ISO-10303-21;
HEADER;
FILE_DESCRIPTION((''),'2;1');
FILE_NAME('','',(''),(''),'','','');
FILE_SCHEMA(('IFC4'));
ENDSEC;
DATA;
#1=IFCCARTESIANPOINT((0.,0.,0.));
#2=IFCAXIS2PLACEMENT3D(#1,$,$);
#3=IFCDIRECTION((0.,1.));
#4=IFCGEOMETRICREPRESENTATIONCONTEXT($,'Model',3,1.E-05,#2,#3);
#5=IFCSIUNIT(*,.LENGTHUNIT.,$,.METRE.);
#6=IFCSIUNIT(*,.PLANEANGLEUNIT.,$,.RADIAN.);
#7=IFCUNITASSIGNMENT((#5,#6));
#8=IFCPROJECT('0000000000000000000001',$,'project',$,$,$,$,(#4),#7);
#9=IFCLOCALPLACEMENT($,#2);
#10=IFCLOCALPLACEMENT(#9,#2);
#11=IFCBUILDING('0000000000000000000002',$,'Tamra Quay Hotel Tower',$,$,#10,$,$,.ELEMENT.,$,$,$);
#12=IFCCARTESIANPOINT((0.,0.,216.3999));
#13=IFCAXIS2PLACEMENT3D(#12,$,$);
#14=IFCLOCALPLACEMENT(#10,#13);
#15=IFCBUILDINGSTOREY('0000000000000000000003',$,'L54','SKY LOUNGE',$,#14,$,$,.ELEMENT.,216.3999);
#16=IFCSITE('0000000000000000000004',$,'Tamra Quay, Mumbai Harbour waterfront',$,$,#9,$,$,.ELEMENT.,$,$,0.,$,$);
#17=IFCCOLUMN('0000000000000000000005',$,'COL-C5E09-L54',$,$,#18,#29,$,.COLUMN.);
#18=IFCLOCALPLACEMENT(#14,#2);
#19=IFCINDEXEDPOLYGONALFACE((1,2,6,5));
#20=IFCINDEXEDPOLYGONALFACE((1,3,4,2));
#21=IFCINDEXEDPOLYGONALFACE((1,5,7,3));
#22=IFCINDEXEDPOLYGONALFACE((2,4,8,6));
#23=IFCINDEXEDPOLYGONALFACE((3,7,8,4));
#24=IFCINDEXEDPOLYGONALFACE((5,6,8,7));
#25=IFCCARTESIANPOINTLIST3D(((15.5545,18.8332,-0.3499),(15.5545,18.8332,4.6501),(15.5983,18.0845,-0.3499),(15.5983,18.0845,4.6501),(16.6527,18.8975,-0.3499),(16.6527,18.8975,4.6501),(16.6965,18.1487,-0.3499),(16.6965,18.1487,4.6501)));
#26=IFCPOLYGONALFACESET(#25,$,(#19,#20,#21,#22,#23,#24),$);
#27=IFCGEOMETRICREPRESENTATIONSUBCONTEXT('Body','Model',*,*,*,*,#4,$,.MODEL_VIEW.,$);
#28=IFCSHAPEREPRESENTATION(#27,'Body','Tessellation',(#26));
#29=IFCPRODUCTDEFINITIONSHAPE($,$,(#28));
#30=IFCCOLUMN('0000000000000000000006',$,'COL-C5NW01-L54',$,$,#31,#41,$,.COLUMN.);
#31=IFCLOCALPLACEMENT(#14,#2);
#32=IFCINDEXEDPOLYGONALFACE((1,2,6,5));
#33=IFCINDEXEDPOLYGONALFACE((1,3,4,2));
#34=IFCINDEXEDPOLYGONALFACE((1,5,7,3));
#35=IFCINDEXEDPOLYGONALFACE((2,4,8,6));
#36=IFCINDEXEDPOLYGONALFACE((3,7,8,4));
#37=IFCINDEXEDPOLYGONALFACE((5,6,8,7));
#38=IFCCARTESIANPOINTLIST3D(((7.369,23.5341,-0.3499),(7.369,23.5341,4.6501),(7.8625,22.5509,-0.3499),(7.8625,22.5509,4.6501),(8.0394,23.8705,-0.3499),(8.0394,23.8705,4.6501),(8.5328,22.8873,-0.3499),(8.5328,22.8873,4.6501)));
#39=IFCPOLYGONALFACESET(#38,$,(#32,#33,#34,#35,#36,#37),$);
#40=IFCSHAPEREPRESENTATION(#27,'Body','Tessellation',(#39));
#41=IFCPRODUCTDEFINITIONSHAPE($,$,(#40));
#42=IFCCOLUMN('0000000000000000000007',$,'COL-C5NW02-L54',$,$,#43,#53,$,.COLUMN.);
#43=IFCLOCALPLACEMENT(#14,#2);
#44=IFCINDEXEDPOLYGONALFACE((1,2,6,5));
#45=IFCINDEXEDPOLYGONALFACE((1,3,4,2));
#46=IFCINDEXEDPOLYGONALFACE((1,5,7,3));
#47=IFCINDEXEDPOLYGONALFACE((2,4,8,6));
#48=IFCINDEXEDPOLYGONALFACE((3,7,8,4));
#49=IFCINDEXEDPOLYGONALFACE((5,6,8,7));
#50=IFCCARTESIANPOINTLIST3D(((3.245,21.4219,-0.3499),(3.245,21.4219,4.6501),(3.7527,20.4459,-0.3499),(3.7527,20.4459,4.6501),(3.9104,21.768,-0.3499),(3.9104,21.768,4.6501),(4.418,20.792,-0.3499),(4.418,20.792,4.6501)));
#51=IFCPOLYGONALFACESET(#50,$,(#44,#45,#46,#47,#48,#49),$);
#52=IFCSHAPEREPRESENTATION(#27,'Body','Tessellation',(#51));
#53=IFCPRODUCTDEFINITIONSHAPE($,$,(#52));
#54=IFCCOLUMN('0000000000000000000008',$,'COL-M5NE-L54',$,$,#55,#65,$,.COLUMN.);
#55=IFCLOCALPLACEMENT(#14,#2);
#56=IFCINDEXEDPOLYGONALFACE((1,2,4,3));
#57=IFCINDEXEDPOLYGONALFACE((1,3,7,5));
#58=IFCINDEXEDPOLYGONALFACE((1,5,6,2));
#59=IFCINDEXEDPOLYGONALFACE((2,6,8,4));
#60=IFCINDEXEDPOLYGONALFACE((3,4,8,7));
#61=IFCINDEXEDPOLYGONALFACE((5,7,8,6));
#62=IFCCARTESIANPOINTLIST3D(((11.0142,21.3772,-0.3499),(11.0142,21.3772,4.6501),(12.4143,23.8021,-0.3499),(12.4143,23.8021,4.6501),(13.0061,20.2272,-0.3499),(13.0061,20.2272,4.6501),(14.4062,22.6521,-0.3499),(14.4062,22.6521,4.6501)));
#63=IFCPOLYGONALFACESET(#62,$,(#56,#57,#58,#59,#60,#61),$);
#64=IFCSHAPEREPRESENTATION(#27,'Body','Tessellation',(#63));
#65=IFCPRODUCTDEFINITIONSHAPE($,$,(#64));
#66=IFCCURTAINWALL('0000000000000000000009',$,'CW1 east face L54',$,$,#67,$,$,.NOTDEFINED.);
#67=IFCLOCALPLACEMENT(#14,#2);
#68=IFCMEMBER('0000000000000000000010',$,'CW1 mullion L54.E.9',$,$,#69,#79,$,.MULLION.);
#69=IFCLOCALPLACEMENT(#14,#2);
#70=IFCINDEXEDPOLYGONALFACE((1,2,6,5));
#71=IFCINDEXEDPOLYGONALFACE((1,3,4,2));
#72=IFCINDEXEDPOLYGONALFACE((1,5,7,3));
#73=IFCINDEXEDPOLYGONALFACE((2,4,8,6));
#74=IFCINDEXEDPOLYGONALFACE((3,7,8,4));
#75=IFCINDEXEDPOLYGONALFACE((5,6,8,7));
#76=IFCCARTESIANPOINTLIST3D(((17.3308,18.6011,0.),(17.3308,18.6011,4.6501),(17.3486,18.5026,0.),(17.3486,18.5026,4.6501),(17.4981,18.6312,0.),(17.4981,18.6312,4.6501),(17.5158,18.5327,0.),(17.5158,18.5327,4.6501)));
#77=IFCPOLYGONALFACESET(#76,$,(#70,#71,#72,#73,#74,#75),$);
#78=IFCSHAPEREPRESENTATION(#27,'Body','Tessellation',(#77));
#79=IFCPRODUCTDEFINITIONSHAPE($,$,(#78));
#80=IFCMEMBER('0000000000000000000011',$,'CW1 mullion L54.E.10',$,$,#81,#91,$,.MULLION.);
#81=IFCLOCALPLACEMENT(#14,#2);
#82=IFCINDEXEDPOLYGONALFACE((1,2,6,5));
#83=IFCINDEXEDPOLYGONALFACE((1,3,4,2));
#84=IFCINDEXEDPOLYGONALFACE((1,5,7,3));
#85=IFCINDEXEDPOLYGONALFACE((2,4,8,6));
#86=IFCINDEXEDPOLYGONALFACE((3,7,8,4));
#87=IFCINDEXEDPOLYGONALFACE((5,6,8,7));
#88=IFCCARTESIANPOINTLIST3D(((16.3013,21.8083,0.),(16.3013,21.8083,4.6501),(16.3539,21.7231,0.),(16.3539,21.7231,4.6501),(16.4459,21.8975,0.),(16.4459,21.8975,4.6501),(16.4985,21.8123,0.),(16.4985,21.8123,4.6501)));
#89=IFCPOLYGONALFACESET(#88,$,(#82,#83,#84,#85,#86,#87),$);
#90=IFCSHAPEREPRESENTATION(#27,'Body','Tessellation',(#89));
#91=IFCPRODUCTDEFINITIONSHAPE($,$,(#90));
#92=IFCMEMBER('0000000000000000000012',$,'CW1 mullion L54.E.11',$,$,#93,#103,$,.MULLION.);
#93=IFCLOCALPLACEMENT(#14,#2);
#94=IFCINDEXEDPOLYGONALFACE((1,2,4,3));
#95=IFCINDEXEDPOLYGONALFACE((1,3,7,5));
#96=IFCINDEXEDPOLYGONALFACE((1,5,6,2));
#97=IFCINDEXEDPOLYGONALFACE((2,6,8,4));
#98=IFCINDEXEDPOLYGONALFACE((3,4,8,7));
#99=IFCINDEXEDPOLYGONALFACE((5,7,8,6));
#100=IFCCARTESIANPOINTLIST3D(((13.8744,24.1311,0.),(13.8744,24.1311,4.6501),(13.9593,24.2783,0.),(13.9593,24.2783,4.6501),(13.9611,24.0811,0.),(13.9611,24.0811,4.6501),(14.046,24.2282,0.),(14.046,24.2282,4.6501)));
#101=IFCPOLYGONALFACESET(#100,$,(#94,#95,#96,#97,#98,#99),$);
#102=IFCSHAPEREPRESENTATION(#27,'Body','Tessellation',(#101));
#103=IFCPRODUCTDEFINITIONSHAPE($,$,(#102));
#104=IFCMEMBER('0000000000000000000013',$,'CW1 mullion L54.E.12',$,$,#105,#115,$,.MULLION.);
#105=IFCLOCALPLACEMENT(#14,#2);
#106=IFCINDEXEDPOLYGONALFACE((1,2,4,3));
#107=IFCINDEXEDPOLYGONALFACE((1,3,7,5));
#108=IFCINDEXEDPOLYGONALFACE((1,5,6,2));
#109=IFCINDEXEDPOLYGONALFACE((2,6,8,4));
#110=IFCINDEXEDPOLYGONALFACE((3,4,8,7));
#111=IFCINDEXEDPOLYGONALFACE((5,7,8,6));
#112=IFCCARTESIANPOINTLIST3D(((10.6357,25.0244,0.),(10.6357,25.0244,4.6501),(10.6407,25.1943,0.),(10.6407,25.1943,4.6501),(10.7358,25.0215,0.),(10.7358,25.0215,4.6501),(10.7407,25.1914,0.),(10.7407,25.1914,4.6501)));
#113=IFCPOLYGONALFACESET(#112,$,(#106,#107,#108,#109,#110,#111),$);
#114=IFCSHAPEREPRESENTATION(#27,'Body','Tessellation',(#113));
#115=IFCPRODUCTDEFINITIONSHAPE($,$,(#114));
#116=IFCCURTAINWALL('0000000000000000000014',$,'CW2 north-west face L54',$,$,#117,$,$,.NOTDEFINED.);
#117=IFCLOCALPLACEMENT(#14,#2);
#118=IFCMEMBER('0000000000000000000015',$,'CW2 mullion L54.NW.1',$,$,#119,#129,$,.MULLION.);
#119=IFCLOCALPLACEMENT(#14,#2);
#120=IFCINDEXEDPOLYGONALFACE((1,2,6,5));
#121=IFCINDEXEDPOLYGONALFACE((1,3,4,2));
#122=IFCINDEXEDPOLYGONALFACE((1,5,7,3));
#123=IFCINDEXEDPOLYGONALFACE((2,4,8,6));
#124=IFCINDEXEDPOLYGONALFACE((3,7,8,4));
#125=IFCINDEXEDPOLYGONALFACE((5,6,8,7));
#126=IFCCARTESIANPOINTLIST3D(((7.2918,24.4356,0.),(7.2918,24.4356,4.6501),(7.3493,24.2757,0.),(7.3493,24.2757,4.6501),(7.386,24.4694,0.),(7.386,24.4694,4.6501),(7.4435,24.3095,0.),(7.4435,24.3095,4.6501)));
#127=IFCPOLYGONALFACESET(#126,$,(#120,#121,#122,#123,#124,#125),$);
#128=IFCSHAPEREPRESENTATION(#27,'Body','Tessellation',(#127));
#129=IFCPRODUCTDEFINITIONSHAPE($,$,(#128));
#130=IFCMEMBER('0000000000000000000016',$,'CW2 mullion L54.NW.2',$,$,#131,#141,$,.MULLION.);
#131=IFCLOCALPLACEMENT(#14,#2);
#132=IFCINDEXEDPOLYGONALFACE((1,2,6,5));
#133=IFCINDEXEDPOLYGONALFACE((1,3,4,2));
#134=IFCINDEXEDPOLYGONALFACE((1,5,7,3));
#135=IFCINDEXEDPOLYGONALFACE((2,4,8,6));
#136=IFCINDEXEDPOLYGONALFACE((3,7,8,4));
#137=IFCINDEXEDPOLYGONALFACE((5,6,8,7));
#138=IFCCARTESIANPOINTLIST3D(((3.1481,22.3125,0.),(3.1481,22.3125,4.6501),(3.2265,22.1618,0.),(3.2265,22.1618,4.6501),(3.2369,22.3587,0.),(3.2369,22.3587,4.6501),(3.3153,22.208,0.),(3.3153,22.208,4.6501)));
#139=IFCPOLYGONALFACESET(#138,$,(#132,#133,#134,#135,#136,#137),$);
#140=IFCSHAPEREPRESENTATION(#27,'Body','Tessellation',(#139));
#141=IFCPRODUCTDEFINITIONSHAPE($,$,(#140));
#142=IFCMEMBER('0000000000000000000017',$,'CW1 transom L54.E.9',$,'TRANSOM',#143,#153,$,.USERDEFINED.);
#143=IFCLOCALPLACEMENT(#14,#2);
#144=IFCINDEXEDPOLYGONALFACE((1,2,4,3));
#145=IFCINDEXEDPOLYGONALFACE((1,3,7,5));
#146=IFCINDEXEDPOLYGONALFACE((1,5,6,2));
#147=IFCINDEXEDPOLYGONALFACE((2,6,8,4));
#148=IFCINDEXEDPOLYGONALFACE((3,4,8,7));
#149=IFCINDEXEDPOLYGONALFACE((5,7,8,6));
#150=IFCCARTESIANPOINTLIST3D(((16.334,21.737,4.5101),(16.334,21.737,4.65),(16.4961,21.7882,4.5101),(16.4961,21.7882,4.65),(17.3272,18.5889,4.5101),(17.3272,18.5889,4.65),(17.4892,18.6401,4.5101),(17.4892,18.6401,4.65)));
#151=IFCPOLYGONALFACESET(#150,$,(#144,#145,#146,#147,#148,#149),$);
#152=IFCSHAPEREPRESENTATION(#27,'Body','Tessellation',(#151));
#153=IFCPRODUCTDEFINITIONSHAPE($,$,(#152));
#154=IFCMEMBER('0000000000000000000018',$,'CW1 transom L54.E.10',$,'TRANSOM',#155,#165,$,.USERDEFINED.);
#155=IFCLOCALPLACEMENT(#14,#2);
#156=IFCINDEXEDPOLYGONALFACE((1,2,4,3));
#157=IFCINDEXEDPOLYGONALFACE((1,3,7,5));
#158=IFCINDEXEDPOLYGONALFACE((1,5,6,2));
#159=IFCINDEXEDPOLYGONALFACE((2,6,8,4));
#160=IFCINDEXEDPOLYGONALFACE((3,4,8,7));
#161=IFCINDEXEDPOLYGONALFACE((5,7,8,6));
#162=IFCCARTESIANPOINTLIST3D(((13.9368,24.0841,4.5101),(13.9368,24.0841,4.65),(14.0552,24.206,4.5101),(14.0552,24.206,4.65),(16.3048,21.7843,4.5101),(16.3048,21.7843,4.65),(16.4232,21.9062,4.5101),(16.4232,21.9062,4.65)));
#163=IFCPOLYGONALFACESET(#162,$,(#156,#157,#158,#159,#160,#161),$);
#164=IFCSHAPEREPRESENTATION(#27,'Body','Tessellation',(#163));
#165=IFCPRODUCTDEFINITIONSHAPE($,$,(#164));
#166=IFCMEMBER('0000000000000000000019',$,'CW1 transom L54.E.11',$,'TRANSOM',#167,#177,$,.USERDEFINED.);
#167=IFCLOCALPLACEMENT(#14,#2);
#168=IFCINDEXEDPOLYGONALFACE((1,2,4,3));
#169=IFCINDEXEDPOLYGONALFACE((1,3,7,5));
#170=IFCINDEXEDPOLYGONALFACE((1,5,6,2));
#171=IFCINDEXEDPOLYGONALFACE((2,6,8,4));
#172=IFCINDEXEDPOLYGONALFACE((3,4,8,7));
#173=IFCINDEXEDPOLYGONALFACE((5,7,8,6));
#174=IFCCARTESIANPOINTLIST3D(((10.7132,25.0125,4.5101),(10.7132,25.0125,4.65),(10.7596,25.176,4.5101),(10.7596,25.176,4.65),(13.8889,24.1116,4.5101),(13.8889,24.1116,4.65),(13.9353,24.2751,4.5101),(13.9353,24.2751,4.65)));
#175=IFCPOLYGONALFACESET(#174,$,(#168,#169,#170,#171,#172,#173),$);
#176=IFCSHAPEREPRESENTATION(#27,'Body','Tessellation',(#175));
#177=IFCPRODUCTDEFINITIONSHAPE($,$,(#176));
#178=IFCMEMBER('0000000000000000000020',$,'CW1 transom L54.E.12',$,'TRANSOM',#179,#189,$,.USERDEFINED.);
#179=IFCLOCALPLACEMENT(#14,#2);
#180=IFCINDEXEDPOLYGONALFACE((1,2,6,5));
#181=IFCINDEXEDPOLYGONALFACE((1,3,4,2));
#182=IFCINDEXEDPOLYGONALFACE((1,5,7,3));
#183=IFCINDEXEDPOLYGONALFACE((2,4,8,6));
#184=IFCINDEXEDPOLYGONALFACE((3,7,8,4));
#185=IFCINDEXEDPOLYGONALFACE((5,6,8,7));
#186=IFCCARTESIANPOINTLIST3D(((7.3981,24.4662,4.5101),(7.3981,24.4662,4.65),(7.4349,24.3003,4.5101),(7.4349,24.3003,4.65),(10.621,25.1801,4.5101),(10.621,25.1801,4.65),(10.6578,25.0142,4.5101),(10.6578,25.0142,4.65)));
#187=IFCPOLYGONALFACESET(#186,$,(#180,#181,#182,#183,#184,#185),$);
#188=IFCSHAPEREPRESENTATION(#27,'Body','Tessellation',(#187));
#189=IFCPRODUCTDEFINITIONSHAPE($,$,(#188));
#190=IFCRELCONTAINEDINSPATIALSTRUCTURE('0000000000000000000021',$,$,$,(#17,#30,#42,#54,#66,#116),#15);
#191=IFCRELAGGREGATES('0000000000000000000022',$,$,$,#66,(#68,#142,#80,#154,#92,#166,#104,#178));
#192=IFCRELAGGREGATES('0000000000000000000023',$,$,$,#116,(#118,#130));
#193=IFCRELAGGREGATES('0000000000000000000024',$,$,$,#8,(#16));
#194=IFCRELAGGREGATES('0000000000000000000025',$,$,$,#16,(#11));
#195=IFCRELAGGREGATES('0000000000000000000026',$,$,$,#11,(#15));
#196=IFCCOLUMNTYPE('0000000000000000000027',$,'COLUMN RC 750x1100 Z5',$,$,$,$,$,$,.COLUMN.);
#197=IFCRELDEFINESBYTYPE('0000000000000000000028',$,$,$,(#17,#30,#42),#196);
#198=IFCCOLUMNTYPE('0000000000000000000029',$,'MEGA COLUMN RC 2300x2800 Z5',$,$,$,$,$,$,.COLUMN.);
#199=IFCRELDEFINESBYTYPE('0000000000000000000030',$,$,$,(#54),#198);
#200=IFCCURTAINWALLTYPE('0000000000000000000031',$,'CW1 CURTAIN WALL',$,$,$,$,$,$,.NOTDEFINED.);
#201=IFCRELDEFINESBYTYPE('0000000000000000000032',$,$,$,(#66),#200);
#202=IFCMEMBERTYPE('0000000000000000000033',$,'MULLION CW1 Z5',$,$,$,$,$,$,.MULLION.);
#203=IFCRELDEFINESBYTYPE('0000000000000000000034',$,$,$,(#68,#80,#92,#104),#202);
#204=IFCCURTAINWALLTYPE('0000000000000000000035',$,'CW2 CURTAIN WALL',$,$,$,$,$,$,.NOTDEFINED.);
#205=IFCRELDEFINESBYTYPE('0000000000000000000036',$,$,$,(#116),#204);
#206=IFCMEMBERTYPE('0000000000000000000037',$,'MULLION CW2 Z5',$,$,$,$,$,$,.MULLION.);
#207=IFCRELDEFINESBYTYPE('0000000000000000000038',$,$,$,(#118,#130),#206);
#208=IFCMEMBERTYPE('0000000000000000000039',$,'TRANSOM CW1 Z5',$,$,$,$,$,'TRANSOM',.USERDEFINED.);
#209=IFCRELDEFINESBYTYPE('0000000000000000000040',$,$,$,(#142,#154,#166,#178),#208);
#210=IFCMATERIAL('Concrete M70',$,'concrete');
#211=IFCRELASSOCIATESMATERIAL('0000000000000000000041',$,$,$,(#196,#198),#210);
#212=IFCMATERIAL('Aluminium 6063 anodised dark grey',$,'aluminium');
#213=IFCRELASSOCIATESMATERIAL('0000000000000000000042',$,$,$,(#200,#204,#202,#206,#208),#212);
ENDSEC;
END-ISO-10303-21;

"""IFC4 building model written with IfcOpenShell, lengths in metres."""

from ifc_helpers import new_model, si_unit, direction, frame, origin, origin_2d, place, context, subcontext, project, spatial, rectangle, extrude, material, material_profile, profile_set, type_object, element, aggregate, save


model = new_model("IFC4")

# Units and contexts
model_context = context("Model", 3, precision=1e-05, world=origin(), true_north=direction((0.0, 1.0)))
body_context = subcontext(model_context, "Body", "Model", "MODEL_VIEW")
ifc_project = project(units=[si_unit("LENGTHUNIT", "METRE"), si_unit("PLANEANGLEUNIT", "RADIAN")], contexts=[model_context])

# Site, building, storey
site_placement = place(None, origin())
site = spatial("IfcSite", under=ifc_project, at=site_placement, Name="Tamra Quay, Mumbai Harbour waterfront", CompositionType="ELEMENT", RefElevation=0.0)
building_placement = place(site_placement, origin())
building = spatial("IfcBuilding", under=site, at=building_placement, Name="Tamra Quay Hotel Tower", CompositionType="ELEMENT")
storey_placement = place(building_placement, frame((0.0, 0.0, 216.3999)))
storey = spatial("IfcBuildingStorey", under=building, at=storey_placement, Name="L54", Description="SKY LOUNGE", CompositionType="ELEMENT", Elevation=216.3999)

# Columns
ifc_material_1 = material(Name="Concrete M70", Category="concrete")
ifc_material_profile_1 = material_profile(ifc_material_1, rectangle(XDim=1.1001, YDim=0.75, at=origin_2d()), Name="COLUMN RC 750x1100 Z5")
ifc_profile_set_1 = profile_set([ifc_material_profile_1], Name="Concrete M70")
column_type_1 = type_object("IfcColumnType", Name="COLUMN RC 750x1100 Z5", PredefinedType="COLUMN", material=ifc_profile_set_1)
for number, where, z_axis, x_axis, name in (
    (1, (16.1255, 18.491, -0.3499), (0.0, 0.0, 1.0), (0.998292, 0.05842, 0.0), "COL-C5E09-L54"),
    (2, (7.9509, 23.2107, -0.3499), (0.0, 0.0, 1.0), (-0.448553, 0.893756, 0.0), "COL-C5NW01-L54"),
    (3, (3.8315, 21.1069, -0.3499), (0.0, 0.0, 1.0), (-0.461448, 0.887167, 0.0), "COL-C5NW02-L54"),
):
    element("IfcColumn", number, at=place(storey_placement, frame(where, z_axis=z_axis, x_axis=x_axis)), inside=storey, type_object=column_type_1, Name=name, PredefinedType="COLUMN", context=body_context, shape_type="SweptSolid", body=[
        extrude(rectangle(XDim=1.1001, YDim=0.75, at=origin_2d()), origin(), (0.0, 0.0, 1.0), 5.0),
    ])
ifc_material_profile_2 = material_profile(ifc_material_1, rectangle(XDim=2.8, YDim=2.3, at=origin_2d()), Name="MEGA COLUMN RC 2300x2800 Z5")
ifc_profile_set_2 = profile_set([ifc_material_profile_2], Name="Concrete M70")
column_type_2 = type_object("IfcColumnType", Name="MEGA COLUMN RC 2300x2800 Z5", PredefinedType="COLUMN", material=ifc_profile_set_2)
column_placement = place(storey_placement, frame((12.7102, 22.0146, -0.3499), z_axis=(0.0, 0.0, 1.0), x_axis=(0.5, 0.866025, 0.0)))
element("IfcColumn", 4, at=column_placement, inside=storey, type_object=column_type_2, Name="COL-M5NE-L54", PredefinedType="COLUMN", context=body_context, shape_type="SweptSolid", body=[
    extrude(rectangle(XDim=2.8, YDim=2.3, at=origin_2d()), origin(), (0.0, 0.0, 1.0), 5.0),
])

# Curtain walls, members
ifc_material_2 = material(Name="Aluminium 6063 anodised dark grey", Category="aluminium")
curtain_wall_type_1 = type_object("IfcCurtainWallType", Name="CW1 CURTAIN WALL", PredefinedType="NOTDEFINED", material=ifc_material_2)
curtain_wall_1_placement = place(storey_placement, origin())
curtain_wall_1 = element("IfcCurtainWall", 5, at=curtain_wall_1_placement, inside=storey, type_object=curtain_wall_type_1, Name="CW1 east face L54", PredefinedType="NOTDEFINED")
ifc_material_profile_3 = material_profile(ifc_material_2, rectangle(XDim=0.1699, YDim=0.1001, at=origin_2d()), Name="MULLION 100X170")
ifc_profile_set_3 = profile_set([ifc_material_profile_3], Name="Aluminium 6063 anodised dark grey")
member_type_1 = type_object("IfcMemberType", Name="MULLION CW1 Z5", PredefinedType="MULLION", material=ifc_profile_set_3)
member_1_placement = place(storey_placement, frame((17.4233, 18.5669, 0.0), z_axis=(0.0, 0.0, 1.0), x_axis=(0.984105, 0.177586, 0.0)))
member_1 = element("IfcMember", 6, at=member_1_placement, type_object=member_type_1, Name="CW1 mullion L54.E.9", PredefinedType="MULLION", context=body_context, shape_type="SweptSolid", body=[
    extrude(rectangle(XDim=0.1699, YDim=0.1001, at=origin_2d()), origin(), (0.0, 0.0, 1.0), 4.6501),
])
member_2_placement = place(storey_placement, frame((16.3999, 21.8103, 0.0), z_axis=(0.0, 0.0, 1.0), x_axis=(0.851044, 0.525094, 0.0)))
member_2 = element("IfcMember", 7, at=member_2_placement, type_object=member_type_1, Name="CW1 mullion L54.E.10", PredefinedType="MULLION", context=body_context, shape_type="SweptSolid", body=[
    extrude(rectangle(XDim=0.1699, YDim=0.1001, at=origin_2d()), origin(), (0.0, 0.0, 1.0), 4.6501),
])
member_3_placement = place(storey_placement, frame((13.9602, 24.1797, 0.0), z_axis=(0.0, 0.0, 1.0), x_axis=(0.5, 0.866025, 0.0)))
member_3 = element("IfcMember", 8, at=member_3_placement, type_object=member_type_1, Name="CW1 mullion L54.E.11", PredefinedType="MULLION", context=body_context, shape_type="SweptSolid", body=[
    extrude(rectangle(XDim=0.1699, YDim=0.1001, at=origin_2d()), origin(), (0.0, 0.0, 1.0), 4.6501),
])
member_4_placement = place(storey_placement, frame((10.6882, 25.1079, 0.0), z_axis=(0.0, 0.0, 1.0), x_axis=(0.029223, 0.999573, 0.0)))
member_4 = element("IfcMember", 9, at=member_4_placement, type_object=member_type_1, Name="CW1 mullion L54.E.12", PredefinedType="MULLION", context=body_context, shape_type="SweptSolid", body=[
    extrude(rectangle(XDim=0.1699, YDim=0.1001, at=origin_2d()), origin(), (0.0, 0.0, 1.0), 4.6501),
])
curtain_wall_type_2 = type_object("IfcCurtainWallType", Name="CW2 CURTAIN WALL", PredefinedType="NOTDEFINED", material=ifc_material_2)
curtain_wall_2_placement = place(storey_placement, origin())
curtain_wall_2 = element("IfcCurtainWall", 10, at=curtain_wall_2_placement, inside=storey, type_object=curtain_wall_type_2, Name="CW2 north-west face L54", PredefinedType="NOTDEFINED")
ifc_material_profile_4 = material_profile(ifc_material_2, rectangle(XDim=0.1699, YDim=0.1001, at=origin_2d()), Name="MULLION 100X170")
ifc_profile_set_4 = profile_set([ifc_material_profile_4], Name="Aluminium 6063 anodised dark grey")
member_type_2 = type_object("IfcMemberType", Name="MULLION CW2 Z5", PredefinedType="MULLION", material=ifc_profile_set_4)
member_5_placement = place(storey_placement, frame((7.3677, 24.3726, 0.0), z_axis=(0.0, 0.0, 1.0), x_axis=(-0.338259, 0.941053, 0.0)))
member_5 = element("IfcMember", 11, at=member_5_placement, type_object=member_type_2, Name="CW2 mullion L54.NW.1", PredefinedType="MULLION", context=body_context, shape_type="SweptSolid", body=[
    extrude(rectangle(XDim=0.1699, YDim=0.1001, at=origin_2d()), origin(), (0.0, 0.0, 1.0), 4.6501),
])
member_6_placement = place(storey_placement, frame((3.2317, 22.2603, 0.0), z_axis=(0.0, 0.0, 1.0), x_axis=(-0.461344, 0.887222, 0.0)))
member_6 = element("IfcMember", 12, at=member_6_placement, type_object=member_type_2, Name="CW2 mullion L54.NW.2", PredefinedType="MULLION", context=body_context, shape_type="SweptSolid", body=[
    extrude(rectangle(XDim=0.1699, YDim=0.1001, at=origin_2d()), origin(), (0.0, 0.0, 1.0), 4.6501),
])

# Members
ifc_material_profile_5 = material_profile(ifc_material_2, rectangle(XDim=0.1699, YDim=0.1399, at=origin_2d()), Name="TRANSOM 170X140")
ifc_profile_set_5 = profile_set([ifc_material_profile_5], Name="Aluminium 6063 anodised dark grey")
member_type_3 = type_object("IfcMemberType", Name="TRANSOM CW1 Z5", ElementType="TRANSOM", PredefinedType="USERDEFINED", material=ifc_profile_set_5)
member_7_placement = place(storey_placement, frame((17.4082, 18.6145, 4.5801), z_axis=(-0.300855, 0.95367, 0.0), x_axis=(-0.95367, -0.300855, 0.0)))
member_7 = element("IfcMember", 13, at=member_7_placement, type_object=member_type_3, Name="CW1 transom L54.E.9", ObjectType="TRANSOM", PredefinedType="USERDEFINED", context=body_context, shape_type="SweptSolid", body=[
    extrude(rectangle(XDim=0.1699, YDim=0.1399, at=origin_2d()), origin(), (0.0, 0.0, 1.0), 3.301),
])
member_8_placement = place(storey_placement, frame((16.364, 21.8452, 4.5801), z_axis=(-0.717349, 0.696714, 0.0), x_axis=(-0.696714, -0.717349, 0.0)))
member_8 = element("IfcMember", 14, at=member_8_placement, type_object=member_type_3, Name="CW1 transom L54.E.10", ObjectType="TRANSOM", PredefinedType="USERDEFINED", context=body_context, shape_type="SweptSolid", body=[
    extrude(rectangle(XDim=0.1699, YDim=0.1399, at=origin_2d()), origin(), (0.0, 0.0, 1.0), 3.301),
])
member_9_placement = place(storey_placement, frame((13.9121, 24.1934, 4.5801), z_axis=(-0.962041, 0.272904, 0.0), x_axis=(-0.272904, -0.962041, 0.0)))
member_9 = element("IfcMember", 15, at=member_9_placement, type_object=member_type_3, Name="CW1 transom L54.E.11", ObjectType="TRANSOM", PredefinedType="USERDEFINED", context=body_context, shape_type="SweptSolid", body=[
    extrude(rectangle(XDim=0.1699, YDim=0.1399, at=origin_2d()), origin(), (0.0, 0.0, 1.0), 3.301),
])
member_10_placement = place(storey_placement, frame((10.6394, 25.0972, 4.5801), z_axis=(-0.976336, -0.216257, 0.0), x_axis=(0.216257, -0.976336, 0.0)))
member_10 = element("IfcMember", 16, at=member_10_placement, type_object=member_type_3, Name="CW1 transom L54.E.12", ObjectType="TRANSOM", PredefinedType="USERDEFINED", context=body_context, shape_type="SweptSolid", body=[
    extrude(rectangle(XDim=0.1699, YDim=0.1399, at=origin_2d()), origin(), (0.0, 0.0, 1.0), 3.301),
])

aggregate(curtain_wall_1, [member_1, member_7, member_2, member_8, member_3, member_9, member_4, member_10])
aggregate(curtain_wall_2, [member_5, member_6])

save(model, "model.ifc")
